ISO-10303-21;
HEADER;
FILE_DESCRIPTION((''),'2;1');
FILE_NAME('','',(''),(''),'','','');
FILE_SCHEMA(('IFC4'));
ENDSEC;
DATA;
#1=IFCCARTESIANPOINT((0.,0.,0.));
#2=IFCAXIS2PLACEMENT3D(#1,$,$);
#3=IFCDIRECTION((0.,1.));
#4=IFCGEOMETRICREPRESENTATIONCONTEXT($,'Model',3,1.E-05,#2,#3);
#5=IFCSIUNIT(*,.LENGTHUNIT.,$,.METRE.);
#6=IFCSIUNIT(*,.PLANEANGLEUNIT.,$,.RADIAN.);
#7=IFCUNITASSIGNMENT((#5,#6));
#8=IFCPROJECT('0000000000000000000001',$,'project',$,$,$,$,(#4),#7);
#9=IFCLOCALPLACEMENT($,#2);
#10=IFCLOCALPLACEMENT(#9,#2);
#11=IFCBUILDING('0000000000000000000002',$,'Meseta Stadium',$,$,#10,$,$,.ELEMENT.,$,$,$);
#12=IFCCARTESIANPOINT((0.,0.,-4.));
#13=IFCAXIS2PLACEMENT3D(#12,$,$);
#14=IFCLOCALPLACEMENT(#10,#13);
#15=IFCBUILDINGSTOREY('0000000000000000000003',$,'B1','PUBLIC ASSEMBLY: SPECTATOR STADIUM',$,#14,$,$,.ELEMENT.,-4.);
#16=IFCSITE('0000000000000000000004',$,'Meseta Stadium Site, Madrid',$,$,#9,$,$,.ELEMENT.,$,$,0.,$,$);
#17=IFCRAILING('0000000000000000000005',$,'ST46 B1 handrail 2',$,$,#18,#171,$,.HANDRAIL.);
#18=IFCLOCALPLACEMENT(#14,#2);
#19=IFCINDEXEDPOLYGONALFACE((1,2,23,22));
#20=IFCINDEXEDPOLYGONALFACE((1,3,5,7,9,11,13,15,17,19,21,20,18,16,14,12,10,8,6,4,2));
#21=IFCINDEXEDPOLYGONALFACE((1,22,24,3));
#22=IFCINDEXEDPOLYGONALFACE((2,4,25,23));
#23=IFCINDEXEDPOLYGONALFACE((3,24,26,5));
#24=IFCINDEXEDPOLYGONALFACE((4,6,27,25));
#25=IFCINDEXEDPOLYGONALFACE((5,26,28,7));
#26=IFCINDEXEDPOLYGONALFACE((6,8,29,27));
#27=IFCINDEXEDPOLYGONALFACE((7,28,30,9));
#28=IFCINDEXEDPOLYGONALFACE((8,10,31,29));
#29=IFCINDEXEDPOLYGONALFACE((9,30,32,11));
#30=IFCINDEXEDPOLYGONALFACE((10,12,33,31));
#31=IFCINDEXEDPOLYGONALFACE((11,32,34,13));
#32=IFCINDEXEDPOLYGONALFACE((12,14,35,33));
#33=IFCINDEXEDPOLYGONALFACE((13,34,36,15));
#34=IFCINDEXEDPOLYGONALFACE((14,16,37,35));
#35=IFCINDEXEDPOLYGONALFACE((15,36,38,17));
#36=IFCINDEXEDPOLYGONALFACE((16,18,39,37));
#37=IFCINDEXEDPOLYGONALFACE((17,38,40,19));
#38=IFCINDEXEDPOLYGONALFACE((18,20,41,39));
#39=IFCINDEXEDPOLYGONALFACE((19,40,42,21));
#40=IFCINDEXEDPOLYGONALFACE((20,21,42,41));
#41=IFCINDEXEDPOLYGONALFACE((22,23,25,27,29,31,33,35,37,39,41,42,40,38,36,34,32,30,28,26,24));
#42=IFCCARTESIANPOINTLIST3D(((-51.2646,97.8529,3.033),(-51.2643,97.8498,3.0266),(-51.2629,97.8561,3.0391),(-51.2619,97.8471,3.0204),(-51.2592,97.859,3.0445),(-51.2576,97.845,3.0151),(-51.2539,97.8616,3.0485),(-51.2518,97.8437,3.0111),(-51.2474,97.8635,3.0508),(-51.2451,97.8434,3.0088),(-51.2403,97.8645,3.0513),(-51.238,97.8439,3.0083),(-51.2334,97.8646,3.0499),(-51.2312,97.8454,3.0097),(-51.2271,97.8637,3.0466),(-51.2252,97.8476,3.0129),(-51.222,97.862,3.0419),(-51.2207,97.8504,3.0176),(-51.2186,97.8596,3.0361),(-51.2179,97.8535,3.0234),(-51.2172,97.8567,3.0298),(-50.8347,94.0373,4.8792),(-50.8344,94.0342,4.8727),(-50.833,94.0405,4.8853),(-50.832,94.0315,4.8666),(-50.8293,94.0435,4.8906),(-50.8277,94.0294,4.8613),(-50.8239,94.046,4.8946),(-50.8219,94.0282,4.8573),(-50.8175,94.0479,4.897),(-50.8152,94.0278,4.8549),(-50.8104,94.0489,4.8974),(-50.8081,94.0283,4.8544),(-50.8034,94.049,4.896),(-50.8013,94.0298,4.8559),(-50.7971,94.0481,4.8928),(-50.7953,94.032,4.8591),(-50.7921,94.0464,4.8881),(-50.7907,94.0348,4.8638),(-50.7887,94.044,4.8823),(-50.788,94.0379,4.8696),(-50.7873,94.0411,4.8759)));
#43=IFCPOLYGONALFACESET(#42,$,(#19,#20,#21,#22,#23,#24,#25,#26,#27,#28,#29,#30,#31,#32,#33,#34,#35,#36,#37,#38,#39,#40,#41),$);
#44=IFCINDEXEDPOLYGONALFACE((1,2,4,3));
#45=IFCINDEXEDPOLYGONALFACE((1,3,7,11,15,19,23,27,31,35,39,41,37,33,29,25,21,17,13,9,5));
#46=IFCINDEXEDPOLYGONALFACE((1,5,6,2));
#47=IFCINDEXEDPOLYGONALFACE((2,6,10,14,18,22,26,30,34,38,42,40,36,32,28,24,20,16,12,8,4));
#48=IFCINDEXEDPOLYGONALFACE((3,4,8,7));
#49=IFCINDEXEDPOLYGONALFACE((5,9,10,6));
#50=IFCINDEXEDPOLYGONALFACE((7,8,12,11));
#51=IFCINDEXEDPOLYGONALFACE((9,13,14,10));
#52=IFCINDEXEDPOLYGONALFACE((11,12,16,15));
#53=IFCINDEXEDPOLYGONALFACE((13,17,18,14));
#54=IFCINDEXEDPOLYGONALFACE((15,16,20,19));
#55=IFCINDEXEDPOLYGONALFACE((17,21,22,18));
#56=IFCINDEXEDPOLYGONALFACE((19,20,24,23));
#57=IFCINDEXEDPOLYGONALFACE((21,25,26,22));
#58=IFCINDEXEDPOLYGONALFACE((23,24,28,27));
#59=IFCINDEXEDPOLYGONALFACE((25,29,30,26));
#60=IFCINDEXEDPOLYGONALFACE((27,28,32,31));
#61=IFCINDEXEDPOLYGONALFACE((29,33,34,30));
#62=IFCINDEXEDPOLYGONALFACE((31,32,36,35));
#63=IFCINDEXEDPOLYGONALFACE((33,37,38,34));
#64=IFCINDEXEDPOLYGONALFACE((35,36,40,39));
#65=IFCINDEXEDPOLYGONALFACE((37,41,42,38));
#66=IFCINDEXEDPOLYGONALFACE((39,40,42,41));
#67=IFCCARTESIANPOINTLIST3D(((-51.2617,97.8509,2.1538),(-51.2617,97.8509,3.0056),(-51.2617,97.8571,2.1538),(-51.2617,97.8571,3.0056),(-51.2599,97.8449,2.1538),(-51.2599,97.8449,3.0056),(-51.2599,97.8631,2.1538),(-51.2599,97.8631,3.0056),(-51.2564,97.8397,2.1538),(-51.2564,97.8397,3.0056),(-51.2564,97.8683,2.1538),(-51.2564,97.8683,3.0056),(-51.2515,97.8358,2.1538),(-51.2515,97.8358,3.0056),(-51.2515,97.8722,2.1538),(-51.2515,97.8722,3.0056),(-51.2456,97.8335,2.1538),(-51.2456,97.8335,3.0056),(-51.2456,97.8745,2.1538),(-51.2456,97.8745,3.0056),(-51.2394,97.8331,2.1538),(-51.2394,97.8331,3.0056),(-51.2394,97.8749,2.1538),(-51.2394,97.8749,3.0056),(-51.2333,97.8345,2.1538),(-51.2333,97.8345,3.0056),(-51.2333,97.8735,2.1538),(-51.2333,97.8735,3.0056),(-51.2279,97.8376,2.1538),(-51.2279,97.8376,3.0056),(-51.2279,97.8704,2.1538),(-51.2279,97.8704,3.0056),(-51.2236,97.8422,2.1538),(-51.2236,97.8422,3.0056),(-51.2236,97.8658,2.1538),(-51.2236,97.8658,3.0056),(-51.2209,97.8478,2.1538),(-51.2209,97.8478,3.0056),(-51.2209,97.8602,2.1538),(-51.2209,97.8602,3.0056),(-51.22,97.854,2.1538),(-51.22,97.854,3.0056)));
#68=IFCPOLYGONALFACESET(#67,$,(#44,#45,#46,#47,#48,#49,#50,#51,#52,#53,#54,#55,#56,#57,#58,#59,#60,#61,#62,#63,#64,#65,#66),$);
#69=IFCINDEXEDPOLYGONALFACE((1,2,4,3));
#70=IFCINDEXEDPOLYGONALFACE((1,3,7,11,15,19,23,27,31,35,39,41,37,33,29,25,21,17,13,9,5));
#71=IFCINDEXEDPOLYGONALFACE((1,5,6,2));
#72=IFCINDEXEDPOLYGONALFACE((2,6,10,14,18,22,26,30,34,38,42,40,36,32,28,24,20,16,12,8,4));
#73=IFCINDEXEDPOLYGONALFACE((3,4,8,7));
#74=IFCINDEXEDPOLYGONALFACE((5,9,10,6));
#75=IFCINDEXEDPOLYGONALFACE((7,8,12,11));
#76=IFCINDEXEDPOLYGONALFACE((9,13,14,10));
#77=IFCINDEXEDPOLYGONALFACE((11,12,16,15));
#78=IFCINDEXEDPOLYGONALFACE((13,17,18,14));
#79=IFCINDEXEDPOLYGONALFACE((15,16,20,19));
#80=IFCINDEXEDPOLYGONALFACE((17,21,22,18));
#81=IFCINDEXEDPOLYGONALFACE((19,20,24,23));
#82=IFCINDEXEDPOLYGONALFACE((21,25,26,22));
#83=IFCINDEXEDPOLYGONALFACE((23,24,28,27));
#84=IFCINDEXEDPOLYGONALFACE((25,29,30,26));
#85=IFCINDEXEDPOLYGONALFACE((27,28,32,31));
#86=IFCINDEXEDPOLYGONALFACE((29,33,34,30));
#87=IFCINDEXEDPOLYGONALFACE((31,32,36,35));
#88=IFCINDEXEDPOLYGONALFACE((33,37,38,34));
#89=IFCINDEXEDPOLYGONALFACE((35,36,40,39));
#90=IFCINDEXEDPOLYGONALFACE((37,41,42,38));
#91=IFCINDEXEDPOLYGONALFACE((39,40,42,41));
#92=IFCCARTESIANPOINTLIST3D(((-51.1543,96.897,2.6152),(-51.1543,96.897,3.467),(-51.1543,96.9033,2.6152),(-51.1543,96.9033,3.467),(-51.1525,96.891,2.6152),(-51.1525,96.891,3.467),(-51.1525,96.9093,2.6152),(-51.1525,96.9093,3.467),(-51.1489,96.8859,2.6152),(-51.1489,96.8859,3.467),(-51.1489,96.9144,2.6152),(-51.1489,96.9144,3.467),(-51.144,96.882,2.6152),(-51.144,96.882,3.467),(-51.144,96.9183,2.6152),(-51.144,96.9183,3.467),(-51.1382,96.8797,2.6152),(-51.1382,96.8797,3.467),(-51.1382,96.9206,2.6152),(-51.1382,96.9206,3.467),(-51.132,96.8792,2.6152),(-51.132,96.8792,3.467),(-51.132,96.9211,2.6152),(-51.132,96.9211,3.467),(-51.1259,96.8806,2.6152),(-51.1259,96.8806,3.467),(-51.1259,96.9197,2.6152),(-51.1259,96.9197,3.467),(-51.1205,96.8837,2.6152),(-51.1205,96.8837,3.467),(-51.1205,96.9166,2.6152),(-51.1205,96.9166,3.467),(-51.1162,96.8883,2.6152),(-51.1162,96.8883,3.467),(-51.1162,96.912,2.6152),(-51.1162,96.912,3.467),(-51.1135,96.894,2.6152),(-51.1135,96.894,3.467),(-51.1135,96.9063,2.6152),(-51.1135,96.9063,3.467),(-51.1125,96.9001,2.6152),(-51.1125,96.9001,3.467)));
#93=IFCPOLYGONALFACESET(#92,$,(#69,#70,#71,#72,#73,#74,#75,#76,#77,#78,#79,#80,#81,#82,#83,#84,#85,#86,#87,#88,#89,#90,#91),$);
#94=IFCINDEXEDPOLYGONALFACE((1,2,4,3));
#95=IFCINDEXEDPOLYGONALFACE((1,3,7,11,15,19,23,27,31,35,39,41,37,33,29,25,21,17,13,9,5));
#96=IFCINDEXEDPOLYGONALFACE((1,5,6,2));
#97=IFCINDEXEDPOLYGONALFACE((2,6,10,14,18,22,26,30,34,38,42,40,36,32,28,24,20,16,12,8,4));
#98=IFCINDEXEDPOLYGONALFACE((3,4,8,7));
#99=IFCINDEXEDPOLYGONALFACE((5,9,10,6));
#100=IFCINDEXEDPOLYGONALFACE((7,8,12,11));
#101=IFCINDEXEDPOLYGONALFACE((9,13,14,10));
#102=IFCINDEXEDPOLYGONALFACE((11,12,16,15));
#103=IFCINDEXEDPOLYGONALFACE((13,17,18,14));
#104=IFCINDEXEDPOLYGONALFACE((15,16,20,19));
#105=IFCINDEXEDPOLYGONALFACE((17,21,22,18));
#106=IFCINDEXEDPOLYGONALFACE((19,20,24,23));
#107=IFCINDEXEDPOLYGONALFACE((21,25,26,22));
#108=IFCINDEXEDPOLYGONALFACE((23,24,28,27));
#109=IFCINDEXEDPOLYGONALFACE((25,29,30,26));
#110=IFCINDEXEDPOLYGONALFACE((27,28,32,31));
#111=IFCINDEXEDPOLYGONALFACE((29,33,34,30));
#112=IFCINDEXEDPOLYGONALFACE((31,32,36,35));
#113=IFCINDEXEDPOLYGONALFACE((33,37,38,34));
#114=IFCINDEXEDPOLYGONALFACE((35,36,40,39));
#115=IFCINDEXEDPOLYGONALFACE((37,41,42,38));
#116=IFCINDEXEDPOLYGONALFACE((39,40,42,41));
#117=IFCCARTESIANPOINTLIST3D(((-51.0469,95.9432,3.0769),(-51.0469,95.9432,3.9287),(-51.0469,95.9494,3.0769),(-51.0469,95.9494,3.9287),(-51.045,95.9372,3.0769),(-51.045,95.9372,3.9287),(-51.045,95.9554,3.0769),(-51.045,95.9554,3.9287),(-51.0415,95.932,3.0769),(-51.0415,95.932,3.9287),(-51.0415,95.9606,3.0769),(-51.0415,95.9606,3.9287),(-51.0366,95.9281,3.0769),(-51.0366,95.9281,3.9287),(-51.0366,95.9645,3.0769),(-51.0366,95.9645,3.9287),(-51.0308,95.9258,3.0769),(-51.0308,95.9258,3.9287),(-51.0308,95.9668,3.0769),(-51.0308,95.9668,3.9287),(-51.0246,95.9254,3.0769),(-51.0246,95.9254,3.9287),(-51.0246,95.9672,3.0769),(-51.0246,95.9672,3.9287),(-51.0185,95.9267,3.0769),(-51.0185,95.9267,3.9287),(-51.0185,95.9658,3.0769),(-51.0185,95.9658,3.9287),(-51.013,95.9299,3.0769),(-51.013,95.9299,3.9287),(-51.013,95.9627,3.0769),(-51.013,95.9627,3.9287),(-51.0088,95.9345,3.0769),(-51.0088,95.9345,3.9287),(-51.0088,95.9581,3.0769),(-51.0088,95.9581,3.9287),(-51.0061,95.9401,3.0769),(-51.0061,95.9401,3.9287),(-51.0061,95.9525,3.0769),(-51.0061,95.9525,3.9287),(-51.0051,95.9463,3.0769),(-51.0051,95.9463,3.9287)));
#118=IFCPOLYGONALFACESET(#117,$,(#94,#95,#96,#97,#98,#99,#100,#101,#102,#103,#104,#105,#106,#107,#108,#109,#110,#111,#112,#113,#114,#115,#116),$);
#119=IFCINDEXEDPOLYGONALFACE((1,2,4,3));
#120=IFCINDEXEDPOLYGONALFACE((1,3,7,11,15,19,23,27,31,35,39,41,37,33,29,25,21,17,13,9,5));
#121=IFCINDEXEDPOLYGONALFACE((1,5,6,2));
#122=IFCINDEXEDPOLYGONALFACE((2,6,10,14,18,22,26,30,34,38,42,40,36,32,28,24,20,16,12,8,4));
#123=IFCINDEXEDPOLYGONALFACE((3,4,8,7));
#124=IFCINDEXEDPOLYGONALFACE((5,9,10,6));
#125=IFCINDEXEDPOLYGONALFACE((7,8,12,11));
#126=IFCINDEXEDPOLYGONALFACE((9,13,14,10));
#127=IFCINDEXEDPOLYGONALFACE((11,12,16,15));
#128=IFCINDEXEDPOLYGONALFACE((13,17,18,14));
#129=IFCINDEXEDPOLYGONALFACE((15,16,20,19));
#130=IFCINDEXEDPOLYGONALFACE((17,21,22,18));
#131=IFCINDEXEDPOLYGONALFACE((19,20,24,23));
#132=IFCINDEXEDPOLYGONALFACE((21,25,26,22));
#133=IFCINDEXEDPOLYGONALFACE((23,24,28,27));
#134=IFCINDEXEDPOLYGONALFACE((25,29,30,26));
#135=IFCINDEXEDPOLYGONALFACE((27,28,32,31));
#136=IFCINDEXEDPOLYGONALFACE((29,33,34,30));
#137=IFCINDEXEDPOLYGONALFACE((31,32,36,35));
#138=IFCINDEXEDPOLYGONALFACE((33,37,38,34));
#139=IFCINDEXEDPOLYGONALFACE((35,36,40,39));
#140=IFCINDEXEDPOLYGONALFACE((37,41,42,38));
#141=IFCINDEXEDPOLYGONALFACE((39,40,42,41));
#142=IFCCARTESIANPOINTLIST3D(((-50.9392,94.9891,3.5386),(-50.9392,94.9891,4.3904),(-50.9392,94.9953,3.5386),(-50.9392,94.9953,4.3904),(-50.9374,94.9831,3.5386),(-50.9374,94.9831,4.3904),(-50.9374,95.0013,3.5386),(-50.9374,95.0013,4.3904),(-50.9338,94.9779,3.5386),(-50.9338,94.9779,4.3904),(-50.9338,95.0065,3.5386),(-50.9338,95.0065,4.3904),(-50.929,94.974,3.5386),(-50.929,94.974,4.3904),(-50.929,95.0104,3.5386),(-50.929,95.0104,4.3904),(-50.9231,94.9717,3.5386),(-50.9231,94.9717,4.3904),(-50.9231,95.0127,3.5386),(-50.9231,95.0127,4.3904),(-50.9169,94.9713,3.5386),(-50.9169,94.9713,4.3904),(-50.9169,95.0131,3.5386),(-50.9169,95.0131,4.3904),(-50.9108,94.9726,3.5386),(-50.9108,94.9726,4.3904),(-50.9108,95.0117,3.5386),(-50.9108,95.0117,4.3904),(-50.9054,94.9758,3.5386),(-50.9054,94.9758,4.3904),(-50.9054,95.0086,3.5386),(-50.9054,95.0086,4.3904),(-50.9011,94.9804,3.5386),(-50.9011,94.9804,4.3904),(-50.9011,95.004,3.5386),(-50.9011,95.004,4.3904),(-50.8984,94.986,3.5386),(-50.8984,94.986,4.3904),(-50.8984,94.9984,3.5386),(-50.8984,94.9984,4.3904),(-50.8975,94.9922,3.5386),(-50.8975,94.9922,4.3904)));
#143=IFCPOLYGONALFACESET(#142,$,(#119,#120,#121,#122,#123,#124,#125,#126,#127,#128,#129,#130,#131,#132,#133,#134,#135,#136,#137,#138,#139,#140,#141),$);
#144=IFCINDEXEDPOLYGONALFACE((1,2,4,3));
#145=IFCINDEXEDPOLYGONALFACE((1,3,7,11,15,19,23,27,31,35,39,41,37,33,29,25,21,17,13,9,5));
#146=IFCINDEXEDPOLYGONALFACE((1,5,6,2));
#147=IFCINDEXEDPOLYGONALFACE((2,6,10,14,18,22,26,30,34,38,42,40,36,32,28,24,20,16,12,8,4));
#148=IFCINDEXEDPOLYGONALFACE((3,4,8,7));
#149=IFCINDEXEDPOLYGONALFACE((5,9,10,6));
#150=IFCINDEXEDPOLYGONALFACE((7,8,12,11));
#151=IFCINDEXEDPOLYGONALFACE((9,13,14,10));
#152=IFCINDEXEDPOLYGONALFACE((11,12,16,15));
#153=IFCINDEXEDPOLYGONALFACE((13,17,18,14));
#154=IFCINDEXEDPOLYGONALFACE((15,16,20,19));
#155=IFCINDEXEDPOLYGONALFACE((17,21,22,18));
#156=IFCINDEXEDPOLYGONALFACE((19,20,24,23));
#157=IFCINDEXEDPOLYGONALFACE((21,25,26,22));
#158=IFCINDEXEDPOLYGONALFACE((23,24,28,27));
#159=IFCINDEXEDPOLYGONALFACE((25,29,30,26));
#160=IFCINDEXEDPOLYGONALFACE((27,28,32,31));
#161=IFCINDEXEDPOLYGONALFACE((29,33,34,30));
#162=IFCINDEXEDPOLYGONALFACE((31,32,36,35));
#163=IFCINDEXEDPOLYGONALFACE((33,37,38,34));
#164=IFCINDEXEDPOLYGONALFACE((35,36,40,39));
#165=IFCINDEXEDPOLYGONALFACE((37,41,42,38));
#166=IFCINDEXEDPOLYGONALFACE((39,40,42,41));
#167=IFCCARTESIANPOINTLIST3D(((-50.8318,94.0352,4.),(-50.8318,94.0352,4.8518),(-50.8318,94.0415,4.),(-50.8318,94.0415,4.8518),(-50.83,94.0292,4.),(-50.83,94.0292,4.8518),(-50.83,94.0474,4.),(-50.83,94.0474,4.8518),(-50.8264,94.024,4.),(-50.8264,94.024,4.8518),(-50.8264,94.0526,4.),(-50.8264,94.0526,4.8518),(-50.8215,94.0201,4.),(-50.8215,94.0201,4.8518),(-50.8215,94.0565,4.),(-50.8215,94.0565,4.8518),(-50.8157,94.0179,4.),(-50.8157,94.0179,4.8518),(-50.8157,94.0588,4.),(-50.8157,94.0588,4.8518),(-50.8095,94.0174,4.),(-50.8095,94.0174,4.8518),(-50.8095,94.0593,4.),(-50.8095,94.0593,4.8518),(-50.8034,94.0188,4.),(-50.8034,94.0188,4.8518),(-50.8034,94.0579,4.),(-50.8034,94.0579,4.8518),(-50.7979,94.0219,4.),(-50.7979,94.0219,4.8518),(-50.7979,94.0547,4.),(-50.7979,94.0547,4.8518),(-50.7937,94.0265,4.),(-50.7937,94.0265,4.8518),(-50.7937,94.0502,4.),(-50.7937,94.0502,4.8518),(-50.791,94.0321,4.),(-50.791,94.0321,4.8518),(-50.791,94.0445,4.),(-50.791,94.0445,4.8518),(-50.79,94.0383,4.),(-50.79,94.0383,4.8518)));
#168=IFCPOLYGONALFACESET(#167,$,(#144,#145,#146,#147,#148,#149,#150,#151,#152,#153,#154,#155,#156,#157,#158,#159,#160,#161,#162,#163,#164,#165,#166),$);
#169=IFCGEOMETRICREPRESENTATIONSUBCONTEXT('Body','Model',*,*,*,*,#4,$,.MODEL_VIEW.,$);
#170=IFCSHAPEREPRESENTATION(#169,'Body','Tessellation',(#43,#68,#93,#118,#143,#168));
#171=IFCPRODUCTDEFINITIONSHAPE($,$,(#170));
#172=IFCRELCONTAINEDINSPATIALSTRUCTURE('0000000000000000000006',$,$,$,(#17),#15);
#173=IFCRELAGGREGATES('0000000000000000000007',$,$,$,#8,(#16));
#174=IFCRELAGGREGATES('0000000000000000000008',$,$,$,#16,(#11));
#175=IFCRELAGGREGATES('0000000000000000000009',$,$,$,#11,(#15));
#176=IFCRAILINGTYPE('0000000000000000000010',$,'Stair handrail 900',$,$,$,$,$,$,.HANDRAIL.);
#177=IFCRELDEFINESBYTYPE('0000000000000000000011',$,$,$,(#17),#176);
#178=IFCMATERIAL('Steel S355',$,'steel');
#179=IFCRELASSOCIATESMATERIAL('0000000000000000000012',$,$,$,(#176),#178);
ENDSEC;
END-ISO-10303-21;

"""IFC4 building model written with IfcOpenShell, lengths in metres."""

from ifc_helpers import new_model, si_unit, direction, frame, origin, origin_2d, place, context, subcontext, project, spatial, circle, extrude, material, type_object, element, save


model = new_model("IFC4")

# Units and contexts
model_context = context("Model", 3, precision=1e-05, world=origin(), true_north=direction((0.0, 1.0)))
body_context = subcontext(model_context, "Body", "Model", "MODEL_VIEW")
ifc_project = project(units=[si_unit("LENGTHUNIT", "METRE"), si_unit("PLANEANGLEUNIT", "RADIAN")], contexts=[model_context])

# Site, building, storey
site_placement = place(None, origin())
site = spatial("IfcSite", under=ifc_project, at=site_placement, Name="Meseta Stadium Site, Madrid", CompositionType="ELEMENT", RefElevation=0.0)
building_placement = place(site_placement, origin())
building = spatial("IfcBuilding", under=site, at=building_placement, Name="Meseta Stadium", CompositionType="ELEMENT")
storey_placement = place(building_placement, frame((0.0, 0.0, -4.0)))
storey = spatial("IfcBuildingStorey", under=building, at=storey_placement, Name="B1", Description="PUBLIC ASSEMBLY: SPECTATOR STADIUM", CompositionType="ELEMENT", Elevation=-4.0)

# Railing
ifc_material_1 = material(Name="Steel S355", Category="steel")
railing_type_1 = type_object("IfcRailingType", Name="Stair handrail 900", PredefinedType="HANDRAIL", material=ifc_material_1)
railing_1_placement = place(storey_placement, frame((-51.241, 97.854, 2.1538)))
element("IfcRailing", 1, at=railing_1_placement, inside=storey, type_object=railing_type_1, Name="ST46 B1 handrail 2", PredefinedType="HANDRAIL", context=body_context, shape_type="SweptSolid", body=[
    extrude(circle(Radius=0.0239, at=origin_2d()), frame((0.0, 0.0, 0.876), z_axis=(0.100909, -0.895574, 0.433318), x_axis=(0.993712, 0.111967, 0.0)), (0.0, 0.0, 1.0), 4.2605),
    extrude(circle(Radius=0.021, at=origin_2d()), origin(), (0.0, 0.0, 1.0), 0.8518),
    extrude(circle(Radius=0.021, at=origin_2d()), frame((0.1074, -0.9539, 0.4614)), (0.0, 0.0, 1.0), 0.8518),
    extrude(circle(Radius=0.021, at=origin_2d()), frame((0.2148, -1.9077, 0.9231)), (0.0, 0.0, 1.0), 0.8518),
    extrude(circle(Radius=0.021, at=origin_2d()), frame((0.3225, -2.8618, 1.3848)), (0.0, 0.0, 1.0), 0.8518),
    extrude(circle(Radius=0.021, at=origin_2d()), frame((0.4299, -3.8157, 1.8462)), (0.0, 0.0, 1.0), 0.8518),
])

save(model, "model.ifc")
